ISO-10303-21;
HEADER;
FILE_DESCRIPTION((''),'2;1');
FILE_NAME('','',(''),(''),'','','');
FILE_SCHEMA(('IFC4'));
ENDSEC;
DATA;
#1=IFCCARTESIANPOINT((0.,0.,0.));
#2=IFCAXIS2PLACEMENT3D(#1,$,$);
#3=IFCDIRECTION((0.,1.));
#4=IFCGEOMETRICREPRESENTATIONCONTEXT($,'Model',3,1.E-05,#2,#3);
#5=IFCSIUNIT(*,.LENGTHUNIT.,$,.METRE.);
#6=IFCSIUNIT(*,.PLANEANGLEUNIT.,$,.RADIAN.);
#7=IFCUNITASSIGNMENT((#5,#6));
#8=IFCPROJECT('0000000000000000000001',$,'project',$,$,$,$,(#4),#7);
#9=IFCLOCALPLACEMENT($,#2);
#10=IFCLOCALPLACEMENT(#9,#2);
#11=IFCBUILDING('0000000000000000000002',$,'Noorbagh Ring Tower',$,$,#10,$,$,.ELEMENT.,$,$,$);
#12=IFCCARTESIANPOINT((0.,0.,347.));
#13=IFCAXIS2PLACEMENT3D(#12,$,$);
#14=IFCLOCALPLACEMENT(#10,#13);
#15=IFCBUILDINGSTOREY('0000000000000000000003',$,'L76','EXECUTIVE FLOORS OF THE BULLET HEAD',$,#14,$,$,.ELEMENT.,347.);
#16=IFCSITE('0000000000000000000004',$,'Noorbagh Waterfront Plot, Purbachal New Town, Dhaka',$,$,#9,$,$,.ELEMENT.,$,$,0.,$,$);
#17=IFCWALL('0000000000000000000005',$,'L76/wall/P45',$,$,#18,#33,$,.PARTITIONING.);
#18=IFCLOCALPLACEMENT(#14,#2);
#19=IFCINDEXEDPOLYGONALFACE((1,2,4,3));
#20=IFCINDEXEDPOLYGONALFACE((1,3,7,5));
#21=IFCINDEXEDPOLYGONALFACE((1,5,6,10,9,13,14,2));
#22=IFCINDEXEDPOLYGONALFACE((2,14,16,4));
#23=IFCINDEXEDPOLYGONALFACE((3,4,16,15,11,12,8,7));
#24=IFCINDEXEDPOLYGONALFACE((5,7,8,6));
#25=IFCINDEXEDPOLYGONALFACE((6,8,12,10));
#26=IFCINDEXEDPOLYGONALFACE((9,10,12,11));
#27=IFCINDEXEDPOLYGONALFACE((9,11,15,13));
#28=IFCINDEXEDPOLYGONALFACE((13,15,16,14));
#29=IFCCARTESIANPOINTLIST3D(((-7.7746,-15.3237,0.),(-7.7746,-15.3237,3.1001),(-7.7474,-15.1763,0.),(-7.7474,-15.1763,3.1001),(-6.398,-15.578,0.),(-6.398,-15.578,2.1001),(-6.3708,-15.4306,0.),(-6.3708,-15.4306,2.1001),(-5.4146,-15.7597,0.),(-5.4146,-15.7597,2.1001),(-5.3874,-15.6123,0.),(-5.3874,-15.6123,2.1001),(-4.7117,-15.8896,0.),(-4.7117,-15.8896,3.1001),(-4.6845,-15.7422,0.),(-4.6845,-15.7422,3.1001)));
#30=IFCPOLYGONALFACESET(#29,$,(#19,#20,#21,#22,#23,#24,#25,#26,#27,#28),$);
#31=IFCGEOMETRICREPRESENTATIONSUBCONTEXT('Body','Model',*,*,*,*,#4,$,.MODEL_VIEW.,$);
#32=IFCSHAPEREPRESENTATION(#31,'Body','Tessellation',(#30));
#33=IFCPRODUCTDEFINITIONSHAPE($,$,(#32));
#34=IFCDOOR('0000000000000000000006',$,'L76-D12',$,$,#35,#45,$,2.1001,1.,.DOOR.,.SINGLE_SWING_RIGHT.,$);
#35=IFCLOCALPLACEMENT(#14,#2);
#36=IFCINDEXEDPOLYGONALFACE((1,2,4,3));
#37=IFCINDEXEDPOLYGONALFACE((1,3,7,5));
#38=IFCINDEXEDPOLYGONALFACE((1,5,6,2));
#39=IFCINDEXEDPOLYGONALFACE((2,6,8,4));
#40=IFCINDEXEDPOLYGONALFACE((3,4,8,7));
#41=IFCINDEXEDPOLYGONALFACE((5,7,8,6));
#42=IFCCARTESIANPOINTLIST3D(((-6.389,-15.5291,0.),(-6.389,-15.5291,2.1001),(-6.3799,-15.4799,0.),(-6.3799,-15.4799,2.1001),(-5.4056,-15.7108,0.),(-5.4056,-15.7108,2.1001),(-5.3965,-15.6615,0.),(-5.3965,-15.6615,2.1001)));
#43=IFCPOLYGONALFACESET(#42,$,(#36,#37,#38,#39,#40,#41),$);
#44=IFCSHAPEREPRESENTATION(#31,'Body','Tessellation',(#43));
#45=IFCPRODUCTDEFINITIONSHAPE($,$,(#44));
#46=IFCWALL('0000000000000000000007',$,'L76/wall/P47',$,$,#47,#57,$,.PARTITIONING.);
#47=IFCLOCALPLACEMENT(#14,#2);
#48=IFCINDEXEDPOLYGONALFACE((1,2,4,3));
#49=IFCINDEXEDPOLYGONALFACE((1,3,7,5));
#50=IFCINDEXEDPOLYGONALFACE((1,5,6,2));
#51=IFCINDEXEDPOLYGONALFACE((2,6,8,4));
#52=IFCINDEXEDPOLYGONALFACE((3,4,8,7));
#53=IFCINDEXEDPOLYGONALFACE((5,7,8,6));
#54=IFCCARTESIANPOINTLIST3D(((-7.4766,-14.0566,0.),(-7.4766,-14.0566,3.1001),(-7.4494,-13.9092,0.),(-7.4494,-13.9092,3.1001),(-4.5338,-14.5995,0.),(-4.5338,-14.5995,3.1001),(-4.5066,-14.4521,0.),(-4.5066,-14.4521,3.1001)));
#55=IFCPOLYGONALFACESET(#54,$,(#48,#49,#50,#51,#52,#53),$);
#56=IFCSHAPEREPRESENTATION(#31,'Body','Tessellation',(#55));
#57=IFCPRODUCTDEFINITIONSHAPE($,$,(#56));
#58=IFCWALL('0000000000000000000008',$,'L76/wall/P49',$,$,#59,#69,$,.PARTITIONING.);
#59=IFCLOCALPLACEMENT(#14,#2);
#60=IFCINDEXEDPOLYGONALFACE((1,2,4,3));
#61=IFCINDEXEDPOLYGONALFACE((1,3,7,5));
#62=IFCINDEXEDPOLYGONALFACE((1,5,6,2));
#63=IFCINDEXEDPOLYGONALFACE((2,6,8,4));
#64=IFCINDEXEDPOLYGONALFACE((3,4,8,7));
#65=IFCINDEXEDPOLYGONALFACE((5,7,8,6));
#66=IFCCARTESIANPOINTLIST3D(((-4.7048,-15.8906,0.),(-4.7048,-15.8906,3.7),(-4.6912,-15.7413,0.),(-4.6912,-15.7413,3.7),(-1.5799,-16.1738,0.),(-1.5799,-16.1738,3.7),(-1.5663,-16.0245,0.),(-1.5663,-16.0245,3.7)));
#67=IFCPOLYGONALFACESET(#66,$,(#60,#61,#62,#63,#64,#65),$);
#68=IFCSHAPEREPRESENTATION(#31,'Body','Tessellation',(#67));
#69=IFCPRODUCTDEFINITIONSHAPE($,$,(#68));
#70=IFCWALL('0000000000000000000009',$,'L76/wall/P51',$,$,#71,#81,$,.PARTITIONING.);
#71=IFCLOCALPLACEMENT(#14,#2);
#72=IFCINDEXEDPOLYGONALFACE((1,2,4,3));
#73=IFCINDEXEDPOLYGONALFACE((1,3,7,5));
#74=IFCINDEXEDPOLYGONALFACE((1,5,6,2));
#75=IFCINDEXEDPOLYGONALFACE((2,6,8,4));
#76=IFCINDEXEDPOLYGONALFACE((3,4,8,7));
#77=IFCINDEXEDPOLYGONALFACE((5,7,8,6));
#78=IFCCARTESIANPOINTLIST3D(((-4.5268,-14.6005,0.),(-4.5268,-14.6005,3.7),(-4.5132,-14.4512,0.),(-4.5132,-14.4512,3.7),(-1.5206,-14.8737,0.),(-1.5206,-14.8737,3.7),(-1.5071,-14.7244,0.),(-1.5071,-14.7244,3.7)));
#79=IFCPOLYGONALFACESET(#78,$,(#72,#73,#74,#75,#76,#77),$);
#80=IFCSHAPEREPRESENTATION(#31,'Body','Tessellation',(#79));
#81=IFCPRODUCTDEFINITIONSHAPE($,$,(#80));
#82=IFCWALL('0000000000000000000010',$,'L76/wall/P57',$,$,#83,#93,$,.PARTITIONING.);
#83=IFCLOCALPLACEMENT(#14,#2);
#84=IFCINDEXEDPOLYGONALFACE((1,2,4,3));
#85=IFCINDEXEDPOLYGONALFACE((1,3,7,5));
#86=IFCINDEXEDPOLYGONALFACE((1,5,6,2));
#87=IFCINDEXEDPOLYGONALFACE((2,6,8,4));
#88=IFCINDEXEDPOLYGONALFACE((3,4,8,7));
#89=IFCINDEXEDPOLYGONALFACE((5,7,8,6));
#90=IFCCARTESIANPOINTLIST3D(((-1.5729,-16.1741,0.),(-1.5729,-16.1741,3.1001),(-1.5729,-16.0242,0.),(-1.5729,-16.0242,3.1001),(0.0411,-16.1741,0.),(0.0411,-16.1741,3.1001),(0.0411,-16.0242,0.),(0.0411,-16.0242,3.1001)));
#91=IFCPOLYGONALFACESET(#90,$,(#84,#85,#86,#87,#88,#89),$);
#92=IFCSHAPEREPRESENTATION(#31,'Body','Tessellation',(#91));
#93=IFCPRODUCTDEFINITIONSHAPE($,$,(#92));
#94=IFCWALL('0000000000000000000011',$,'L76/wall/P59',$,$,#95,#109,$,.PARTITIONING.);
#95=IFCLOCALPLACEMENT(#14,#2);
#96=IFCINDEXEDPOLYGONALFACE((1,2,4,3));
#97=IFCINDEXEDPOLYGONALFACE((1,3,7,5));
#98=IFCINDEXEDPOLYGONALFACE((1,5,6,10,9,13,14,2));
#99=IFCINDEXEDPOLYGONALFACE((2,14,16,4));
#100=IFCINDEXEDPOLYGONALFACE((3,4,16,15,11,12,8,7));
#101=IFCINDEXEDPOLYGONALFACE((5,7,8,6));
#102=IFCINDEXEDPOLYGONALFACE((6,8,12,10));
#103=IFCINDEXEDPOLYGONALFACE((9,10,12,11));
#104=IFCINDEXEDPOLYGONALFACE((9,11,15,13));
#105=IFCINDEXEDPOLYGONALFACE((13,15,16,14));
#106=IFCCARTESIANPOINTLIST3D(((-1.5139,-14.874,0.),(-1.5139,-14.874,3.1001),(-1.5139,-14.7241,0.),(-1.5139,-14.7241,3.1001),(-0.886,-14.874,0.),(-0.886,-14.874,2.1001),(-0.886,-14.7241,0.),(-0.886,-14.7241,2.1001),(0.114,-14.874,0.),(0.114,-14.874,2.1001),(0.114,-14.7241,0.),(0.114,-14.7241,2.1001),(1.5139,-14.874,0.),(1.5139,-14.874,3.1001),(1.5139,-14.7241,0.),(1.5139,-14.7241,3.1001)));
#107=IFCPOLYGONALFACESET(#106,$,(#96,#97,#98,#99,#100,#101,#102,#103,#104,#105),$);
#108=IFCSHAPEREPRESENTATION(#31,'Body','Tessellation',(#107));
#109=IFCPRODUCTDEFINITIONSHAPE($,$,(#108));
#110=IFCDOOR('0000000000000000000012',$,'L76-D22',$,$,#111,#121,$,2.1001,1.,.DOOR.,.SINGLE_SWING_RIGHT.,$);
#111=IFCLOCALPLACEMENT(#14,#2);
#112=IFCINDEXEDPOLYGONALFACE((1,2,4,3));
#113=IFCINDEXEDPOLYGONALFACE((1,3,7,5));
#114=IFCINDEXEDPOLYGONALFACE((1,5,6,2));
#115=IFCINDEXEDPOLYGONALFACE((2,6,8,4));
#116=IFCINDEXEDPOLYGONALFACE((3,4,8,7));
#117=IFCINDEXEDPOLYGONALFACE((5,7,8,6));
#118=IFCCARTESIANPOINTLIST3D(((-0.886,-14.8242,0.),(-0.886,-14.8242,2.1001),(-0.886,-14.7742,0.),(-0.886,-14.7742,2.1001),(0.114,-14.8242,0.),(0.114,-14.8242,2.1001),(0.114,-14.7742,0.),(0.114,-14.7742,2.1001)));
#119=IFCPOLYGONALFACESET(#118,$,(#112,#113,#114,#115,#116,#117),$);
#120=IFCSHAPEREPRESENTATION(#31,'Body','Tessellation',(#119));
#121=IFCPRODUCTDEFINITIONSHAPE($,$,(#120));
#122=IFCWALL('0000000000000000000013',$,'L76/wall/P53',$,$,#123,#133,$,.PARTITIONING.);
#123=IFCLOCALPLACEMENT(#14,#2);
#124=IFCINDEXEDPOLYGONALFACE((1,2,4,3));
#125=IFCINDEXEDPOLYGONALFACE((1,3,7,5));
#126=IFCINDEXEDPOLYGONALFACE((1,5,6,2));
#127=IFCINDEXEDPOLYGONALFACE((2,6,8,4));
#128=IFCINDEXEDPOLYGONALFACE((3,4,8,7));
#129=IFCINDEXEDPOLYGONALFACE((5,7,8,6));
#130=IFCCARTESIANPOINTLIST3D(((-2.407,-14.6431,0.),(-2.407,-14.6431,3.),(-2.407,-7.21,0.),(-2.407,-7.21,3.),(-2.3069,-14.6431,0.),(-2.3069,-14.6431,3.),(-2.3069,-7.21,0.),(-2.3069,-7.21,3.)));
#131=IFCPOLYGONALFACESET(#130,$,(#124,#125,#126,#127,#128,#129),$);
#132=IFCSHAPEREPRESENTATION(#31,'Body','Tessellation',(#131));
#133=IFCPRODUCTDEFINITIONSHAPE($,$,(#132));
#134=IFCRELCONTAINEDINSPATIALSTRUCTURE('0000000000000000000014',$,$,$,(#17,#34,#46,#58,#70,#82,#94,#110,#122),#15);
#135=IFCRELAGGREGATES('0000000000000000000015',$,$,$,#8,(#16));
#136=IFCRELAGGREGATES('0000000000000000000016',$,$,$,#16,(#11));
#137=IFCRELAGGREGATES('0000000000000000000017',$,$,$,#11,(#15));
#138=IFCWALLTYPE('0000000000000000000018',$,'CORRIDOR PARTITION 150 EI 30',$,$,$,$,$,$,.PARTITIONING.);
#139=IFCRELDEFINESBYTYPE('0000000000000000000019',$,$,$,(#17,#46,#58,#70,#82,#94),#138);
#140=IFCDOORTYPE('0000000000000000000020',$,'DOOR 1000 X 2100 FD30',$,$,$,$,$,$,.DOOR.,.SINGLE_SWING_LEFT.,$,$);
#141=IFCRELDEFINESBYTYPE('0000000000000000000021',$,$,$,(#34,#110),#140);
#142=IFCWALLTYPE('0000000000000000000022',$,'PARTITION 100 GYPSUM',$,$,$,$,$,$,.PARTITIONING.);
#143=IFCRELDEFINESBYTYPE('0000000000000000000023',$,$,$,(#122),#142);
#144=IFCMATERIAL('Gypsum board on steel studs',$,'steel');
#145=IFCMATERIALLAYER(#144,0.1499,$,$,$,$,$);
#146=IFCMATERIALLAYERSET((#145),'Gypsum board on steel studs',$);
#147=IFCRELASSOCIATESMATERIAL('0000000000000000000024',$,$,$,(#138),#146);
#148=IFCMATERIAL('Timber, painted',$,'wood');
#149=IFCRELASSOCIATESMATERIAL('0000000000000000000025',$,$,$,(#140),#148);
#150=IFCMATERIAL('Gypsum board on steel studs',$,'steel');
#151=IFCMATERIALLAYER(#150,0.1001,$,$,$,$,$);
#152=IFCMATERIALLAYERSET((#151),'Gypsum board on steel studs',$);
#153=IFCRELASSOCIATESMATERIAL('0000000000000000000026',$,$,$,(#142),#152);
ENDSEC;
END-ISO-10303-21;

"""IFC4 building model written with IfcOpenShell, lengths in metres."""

from ifc_helpers import new_model, si_unit, direction, frame, frame_2d, origin, place, context, subcontext, project, spatial, rectangle, extrude, material, layer, layer_set, type_object, element, fill, save


model = new_model("IFC4")

# Units and contexts
model_context = context("Model", 3, precision=1e-05, world=origin(), true_north=direction((0.0, 1.0)))
body_context = subcontext(model_context, "Body", "Model", "MODEL_VIEW")
ifc_project = project(units=[si_unit("LENGTHUNIT", "METRE"), si_unit("PLANEANGLEUNIT", "RADIAN")], contexts=[model_context])

# Site, building, storey
site_placement = place(None, origin())
site = spatial("IfcSite", under=ifc_project, at=site_placement, Name="Noorbagh Waterfront Plot, Purbachal New Town, Dhaka", CompositionType="ELEMENT", RefElevation=0.0)
building_placement = place(site_placement, origin())
building = spatial("IfcBuilding", under=site, at=building_placement, Name="Noorbagh Ring Tower", CompositionType="ELEMENT")
storey_placement = place(building_placement, frame((0.0, 0.0, 347.0)))
storey = spatial("IfcBuildingStorey", under=building, at=storey_placement, Name="L76", Description="EXECUTIVE FLOORS OF THE BULLET HEAD", CompositionType="ELEMENT", Elevation=347.0)

# Shared definitions
ifc_material_1 = material(Name="Gypsum board on steel studs", Category="steel")
ifc_layer_1 = layer(ifc_material_1, 0.1499)
ifc_layer_set_1 = layer_set([ifc_layer_1], Name="Gypsum board on steel studs")
wall_type_1 = type_object("IfcWallType", Name="CORRIDOR PARTITION 150 EI 30", PredefinedType="PARTITIONING", material=ifc_layer_set_1)

# Shared definitions
ifc_material_2 = material(Name="Timber, painted", Category="wood")
door_type_1 = type_object("IfcDoorType", Name="DOOR 1000 X 2100 FD30", OperationType="SINGLE_SWING_LEFT", PredefinedType="DOOR", material=ifc_material_2)

# Wall, opening, door
wall_1_placement = place(storey_placement, frame((-7.761, -15.25, 0.0), z_axis=(0.0, 0.0, 1.0), x_axis=(0.983357, -0.181685, 0.0)))
wall_1 = element("IfcWall", 1, at=wall_1_placement, inside=storey, type_object=wall_type_1, Name="L76/wall/P45", PredefinedType="PARTITIONING", context=body_context, shape_type="SweptSolid", body=[
    extrude(rectangle(XDim=3.1147, YDim=0.1499, at=frame_2d((1.5574, 0.0))), origin(), (0.0, 0.0, 1.0), 3.1001),
])
opening_1_placement = place(wall_1_placement, frame((1.3999, 0.0, 0.0)))
opening_1 = element("IfcOpeningElement", 2, at=opening_1_placement, cuts=wall_1, PredefinedType="OPENING", context=body_context, shape_type="SweptSolid", body=[
    extrude(rectangle(XDim=1.0, YDim=2.1001, at=frame_2d((0.5, 1.05))), frame((0.0, 0.085, 0.0), z_axis=(0.0, -1.0, 0.0), x_axis=(1.0, 0.0, 0.0)), (0.0, 0.0, 1.0), 0.1699),
])
door_1_placement = place(opening_1_placement, origin())
door_1 = element("IfcDoor", 3, at=door_1_placement, inside=storey, type_object=door_type_1, Name="L76-D12", OperationType="SINGLE_SWING_RIGHT", OverallHeight=2.1001, OverallWidth=1.0, PredefinedType="DOOR", context=body_context, shape_type="SweptSolid", body=[
    extrude(rectangle(XDim=1.0, YDim=2.1001, at=frame_2d((0.5, 1.05))), frame((0.0, 0.0249, 0.0), z_axis=(0.0, -1.0, 0.0), x_axis=(1.0, 0.0, 0.0)), (0.0, 0.0, 1.0), 0.05),
])
fill(opening_1, door_1)

# Walls
wall_2_placement = place(storey_placement, frame((-7.4629, -13.9829, 0.0), z_axis=(0.0, 0.0, 1.0), x_axis=(0.983402, -0.181441, 0.0)))
element("IfcWall", 4, at=wall_2_placement, inside=storey, type_object=wall_type_1, Name="L76/wall/P47", PredefinedType="PARTITIONING", context=body_context, shape_type="SweptSolid", body=[
    extrude(rectangle(XDim=2.9924, YDim=0.1499, at=frame_2d((1.4961, 0.0))), origin(), (0.0, 0.0, 1.0), 3.1001),
])
wall_3_placement = place(storey_placement, frame((-4.698, -15.8159, 0.0), z_axis=(0.0, 0.0, 1.0), x_axis=(0.995919, -0.090255, 0.0)))
element("IfcWall", 5, at=wall_3_placement, inside=storey, type_object=wall_type_1, Name="L76/wall/P49", PredefinedType="PARTITIONING", context=body_context, shape_type="SweptSolid", body=[
    extrude(rectangle(XDim=3.1377, YDim=0.1499, at=frame_2d((1.5688, 0.0))), origin(), (0.0, 0.0, 1.0), 3.7),
])
wall_4_placement = place(storey_placement, frame((-4.52, -14.5259, 0.0), z_axis=(0.0, 0.0, 1.0), x_axis=(0.995896, -0.090507, 0.0)))
element("IfcWall", 6, at=wall_4_placement, inside=storey, type_object=wall_type_1, Name="L76/wall/P51", PredefinedType="PARTITIONING", context=body_context, shape_type="SweptSolid", body=[
    extrude(rectangle(XDim=3.0186, YDim=0.1499, at=frame_2d((1.5093, 0.0))), origin(), (0.0, 0.0, 1.0), 3.7),
])
wall_5_placement = place(storey_placement, frame((-1.573, -16.0991, 0.0), z_axis=(0.0, 0.0, 1.0), x_axis=(1.0, 0.0, 0.0)))
element("IfcWall", 7, at=wall_5_placement, inside=storey, type_object=wall_type_1, Name="L76/wall/P57", PredefinedType="PARTITIONING", context=body_context, shape_type="SweptSolid", body=[
    extrude(rectangle(XDim=1.614, YDim=0.1499, at=frame_2d((0.8071, 0.0))), origin(), (0.0, 0.0, 1.0), 3.1001),
])

# Wall, opening, door
wall_6_placement = place(storey_placement, frame((-1.5139, -14.7991, 0.0), z_axis=(0.0, 0.0, 1.0), x_axis=(1.0, 0.0, 0.0)))
wall_6 = element("IfcWall", 8, at=wall_6_placement, inside=storey, type_object=wall_type_1, Name="L76/wall/P59", PredefinedType="PARTITIONING", context=body_context, shape_type="SweptSolid", body=[
    extrude(rectangle(XDim=3.0278, YDim=0.1499, at=frame_2d((1.5139, 0.0))), origin(), (0.0, 0.0, 1.0), 3.1001),
])
opening_2_placement = place(wall_6_placement, frame((0.6279, 0.0, 0.0)))
opening_2 = element("IfcOpeningElement", 9, at=opening_2_placement, cuts=wall_6, PredefinedType="OPENING", context=body_context, shape_type="SweptSolid", body=[
    extrude(rectangle(XDim=1.0, YDim=2.1001, at=frame_2d((0.5, 1.05))), frame((0.0, 0.085, 0.0), z_axis=(0.0, -1.0, 0.0), x_axis=(1.0, 0.0, 0.0)), (0.0, 0.0, 1.0), 0.1699),
])
door_2_placement = place(opening_2_placement, origin())
door_2 = element("IfcDoor", 10, at=door_2_placement, inside=storey, type_object=door_type_1, Name="L76-D22", OperationType="SINGLE_SWING_RIGHT", OverallHeight=2.1001, OverallWidth=1.0, PredefinedType="DOOR", context=body_context, shape_type="SweptSolid", body=[
    extrude(rectangle(XDim=1.0, YDim=2.1001, at=frame_2d((0.5, 1.05))), frame((0.0, 0.0249, 0.0), z_axis=(0.0, -1.0, 0.0), x_axis=(1.0, 0.0, 0.0)), (0.0, 0.0, 1.0), 0.05),
])
fill(opening_2, door_2)

# Wall
ifc_material_3 = material(Name="Gypsum board on steel studs", Category="steel")
ifc_layer_2 = layer(ifc_material_3, 0.1001)
ifc_layer_set_2 = layer_set([ifc_layer_2], Name="Gypsum board on steel studs")
wall_type_2 = type_object("IfcWallType", Name="PARTITION 100 GYPSUM", PredefinedType="PARTITIONING", material=ifc_layer_set_2)
wall_7_placement = place(storey_placement, frame((-2.3569, -14.6431, 0.0), z_axis=(0.0, 0.0, 1.0), x_axis=(0.0, 1.0, 0.0)))
element("IfcWall", 11, at=wall_7_placement, inside=storey, type_object=wall_type_2, Name="L76/wall/P53", PredefinedType="PARTITIONING", context=body_context, shape_type="SweptSolid", body=[
    extrude(rectangle(XDim=7.4331, YDim=0.1001, at=frame_2d((3.7166, 0.0))), origin(), (0.0, 0.0, 1.0), 3.0),
])

save(model, "model.ifc")
